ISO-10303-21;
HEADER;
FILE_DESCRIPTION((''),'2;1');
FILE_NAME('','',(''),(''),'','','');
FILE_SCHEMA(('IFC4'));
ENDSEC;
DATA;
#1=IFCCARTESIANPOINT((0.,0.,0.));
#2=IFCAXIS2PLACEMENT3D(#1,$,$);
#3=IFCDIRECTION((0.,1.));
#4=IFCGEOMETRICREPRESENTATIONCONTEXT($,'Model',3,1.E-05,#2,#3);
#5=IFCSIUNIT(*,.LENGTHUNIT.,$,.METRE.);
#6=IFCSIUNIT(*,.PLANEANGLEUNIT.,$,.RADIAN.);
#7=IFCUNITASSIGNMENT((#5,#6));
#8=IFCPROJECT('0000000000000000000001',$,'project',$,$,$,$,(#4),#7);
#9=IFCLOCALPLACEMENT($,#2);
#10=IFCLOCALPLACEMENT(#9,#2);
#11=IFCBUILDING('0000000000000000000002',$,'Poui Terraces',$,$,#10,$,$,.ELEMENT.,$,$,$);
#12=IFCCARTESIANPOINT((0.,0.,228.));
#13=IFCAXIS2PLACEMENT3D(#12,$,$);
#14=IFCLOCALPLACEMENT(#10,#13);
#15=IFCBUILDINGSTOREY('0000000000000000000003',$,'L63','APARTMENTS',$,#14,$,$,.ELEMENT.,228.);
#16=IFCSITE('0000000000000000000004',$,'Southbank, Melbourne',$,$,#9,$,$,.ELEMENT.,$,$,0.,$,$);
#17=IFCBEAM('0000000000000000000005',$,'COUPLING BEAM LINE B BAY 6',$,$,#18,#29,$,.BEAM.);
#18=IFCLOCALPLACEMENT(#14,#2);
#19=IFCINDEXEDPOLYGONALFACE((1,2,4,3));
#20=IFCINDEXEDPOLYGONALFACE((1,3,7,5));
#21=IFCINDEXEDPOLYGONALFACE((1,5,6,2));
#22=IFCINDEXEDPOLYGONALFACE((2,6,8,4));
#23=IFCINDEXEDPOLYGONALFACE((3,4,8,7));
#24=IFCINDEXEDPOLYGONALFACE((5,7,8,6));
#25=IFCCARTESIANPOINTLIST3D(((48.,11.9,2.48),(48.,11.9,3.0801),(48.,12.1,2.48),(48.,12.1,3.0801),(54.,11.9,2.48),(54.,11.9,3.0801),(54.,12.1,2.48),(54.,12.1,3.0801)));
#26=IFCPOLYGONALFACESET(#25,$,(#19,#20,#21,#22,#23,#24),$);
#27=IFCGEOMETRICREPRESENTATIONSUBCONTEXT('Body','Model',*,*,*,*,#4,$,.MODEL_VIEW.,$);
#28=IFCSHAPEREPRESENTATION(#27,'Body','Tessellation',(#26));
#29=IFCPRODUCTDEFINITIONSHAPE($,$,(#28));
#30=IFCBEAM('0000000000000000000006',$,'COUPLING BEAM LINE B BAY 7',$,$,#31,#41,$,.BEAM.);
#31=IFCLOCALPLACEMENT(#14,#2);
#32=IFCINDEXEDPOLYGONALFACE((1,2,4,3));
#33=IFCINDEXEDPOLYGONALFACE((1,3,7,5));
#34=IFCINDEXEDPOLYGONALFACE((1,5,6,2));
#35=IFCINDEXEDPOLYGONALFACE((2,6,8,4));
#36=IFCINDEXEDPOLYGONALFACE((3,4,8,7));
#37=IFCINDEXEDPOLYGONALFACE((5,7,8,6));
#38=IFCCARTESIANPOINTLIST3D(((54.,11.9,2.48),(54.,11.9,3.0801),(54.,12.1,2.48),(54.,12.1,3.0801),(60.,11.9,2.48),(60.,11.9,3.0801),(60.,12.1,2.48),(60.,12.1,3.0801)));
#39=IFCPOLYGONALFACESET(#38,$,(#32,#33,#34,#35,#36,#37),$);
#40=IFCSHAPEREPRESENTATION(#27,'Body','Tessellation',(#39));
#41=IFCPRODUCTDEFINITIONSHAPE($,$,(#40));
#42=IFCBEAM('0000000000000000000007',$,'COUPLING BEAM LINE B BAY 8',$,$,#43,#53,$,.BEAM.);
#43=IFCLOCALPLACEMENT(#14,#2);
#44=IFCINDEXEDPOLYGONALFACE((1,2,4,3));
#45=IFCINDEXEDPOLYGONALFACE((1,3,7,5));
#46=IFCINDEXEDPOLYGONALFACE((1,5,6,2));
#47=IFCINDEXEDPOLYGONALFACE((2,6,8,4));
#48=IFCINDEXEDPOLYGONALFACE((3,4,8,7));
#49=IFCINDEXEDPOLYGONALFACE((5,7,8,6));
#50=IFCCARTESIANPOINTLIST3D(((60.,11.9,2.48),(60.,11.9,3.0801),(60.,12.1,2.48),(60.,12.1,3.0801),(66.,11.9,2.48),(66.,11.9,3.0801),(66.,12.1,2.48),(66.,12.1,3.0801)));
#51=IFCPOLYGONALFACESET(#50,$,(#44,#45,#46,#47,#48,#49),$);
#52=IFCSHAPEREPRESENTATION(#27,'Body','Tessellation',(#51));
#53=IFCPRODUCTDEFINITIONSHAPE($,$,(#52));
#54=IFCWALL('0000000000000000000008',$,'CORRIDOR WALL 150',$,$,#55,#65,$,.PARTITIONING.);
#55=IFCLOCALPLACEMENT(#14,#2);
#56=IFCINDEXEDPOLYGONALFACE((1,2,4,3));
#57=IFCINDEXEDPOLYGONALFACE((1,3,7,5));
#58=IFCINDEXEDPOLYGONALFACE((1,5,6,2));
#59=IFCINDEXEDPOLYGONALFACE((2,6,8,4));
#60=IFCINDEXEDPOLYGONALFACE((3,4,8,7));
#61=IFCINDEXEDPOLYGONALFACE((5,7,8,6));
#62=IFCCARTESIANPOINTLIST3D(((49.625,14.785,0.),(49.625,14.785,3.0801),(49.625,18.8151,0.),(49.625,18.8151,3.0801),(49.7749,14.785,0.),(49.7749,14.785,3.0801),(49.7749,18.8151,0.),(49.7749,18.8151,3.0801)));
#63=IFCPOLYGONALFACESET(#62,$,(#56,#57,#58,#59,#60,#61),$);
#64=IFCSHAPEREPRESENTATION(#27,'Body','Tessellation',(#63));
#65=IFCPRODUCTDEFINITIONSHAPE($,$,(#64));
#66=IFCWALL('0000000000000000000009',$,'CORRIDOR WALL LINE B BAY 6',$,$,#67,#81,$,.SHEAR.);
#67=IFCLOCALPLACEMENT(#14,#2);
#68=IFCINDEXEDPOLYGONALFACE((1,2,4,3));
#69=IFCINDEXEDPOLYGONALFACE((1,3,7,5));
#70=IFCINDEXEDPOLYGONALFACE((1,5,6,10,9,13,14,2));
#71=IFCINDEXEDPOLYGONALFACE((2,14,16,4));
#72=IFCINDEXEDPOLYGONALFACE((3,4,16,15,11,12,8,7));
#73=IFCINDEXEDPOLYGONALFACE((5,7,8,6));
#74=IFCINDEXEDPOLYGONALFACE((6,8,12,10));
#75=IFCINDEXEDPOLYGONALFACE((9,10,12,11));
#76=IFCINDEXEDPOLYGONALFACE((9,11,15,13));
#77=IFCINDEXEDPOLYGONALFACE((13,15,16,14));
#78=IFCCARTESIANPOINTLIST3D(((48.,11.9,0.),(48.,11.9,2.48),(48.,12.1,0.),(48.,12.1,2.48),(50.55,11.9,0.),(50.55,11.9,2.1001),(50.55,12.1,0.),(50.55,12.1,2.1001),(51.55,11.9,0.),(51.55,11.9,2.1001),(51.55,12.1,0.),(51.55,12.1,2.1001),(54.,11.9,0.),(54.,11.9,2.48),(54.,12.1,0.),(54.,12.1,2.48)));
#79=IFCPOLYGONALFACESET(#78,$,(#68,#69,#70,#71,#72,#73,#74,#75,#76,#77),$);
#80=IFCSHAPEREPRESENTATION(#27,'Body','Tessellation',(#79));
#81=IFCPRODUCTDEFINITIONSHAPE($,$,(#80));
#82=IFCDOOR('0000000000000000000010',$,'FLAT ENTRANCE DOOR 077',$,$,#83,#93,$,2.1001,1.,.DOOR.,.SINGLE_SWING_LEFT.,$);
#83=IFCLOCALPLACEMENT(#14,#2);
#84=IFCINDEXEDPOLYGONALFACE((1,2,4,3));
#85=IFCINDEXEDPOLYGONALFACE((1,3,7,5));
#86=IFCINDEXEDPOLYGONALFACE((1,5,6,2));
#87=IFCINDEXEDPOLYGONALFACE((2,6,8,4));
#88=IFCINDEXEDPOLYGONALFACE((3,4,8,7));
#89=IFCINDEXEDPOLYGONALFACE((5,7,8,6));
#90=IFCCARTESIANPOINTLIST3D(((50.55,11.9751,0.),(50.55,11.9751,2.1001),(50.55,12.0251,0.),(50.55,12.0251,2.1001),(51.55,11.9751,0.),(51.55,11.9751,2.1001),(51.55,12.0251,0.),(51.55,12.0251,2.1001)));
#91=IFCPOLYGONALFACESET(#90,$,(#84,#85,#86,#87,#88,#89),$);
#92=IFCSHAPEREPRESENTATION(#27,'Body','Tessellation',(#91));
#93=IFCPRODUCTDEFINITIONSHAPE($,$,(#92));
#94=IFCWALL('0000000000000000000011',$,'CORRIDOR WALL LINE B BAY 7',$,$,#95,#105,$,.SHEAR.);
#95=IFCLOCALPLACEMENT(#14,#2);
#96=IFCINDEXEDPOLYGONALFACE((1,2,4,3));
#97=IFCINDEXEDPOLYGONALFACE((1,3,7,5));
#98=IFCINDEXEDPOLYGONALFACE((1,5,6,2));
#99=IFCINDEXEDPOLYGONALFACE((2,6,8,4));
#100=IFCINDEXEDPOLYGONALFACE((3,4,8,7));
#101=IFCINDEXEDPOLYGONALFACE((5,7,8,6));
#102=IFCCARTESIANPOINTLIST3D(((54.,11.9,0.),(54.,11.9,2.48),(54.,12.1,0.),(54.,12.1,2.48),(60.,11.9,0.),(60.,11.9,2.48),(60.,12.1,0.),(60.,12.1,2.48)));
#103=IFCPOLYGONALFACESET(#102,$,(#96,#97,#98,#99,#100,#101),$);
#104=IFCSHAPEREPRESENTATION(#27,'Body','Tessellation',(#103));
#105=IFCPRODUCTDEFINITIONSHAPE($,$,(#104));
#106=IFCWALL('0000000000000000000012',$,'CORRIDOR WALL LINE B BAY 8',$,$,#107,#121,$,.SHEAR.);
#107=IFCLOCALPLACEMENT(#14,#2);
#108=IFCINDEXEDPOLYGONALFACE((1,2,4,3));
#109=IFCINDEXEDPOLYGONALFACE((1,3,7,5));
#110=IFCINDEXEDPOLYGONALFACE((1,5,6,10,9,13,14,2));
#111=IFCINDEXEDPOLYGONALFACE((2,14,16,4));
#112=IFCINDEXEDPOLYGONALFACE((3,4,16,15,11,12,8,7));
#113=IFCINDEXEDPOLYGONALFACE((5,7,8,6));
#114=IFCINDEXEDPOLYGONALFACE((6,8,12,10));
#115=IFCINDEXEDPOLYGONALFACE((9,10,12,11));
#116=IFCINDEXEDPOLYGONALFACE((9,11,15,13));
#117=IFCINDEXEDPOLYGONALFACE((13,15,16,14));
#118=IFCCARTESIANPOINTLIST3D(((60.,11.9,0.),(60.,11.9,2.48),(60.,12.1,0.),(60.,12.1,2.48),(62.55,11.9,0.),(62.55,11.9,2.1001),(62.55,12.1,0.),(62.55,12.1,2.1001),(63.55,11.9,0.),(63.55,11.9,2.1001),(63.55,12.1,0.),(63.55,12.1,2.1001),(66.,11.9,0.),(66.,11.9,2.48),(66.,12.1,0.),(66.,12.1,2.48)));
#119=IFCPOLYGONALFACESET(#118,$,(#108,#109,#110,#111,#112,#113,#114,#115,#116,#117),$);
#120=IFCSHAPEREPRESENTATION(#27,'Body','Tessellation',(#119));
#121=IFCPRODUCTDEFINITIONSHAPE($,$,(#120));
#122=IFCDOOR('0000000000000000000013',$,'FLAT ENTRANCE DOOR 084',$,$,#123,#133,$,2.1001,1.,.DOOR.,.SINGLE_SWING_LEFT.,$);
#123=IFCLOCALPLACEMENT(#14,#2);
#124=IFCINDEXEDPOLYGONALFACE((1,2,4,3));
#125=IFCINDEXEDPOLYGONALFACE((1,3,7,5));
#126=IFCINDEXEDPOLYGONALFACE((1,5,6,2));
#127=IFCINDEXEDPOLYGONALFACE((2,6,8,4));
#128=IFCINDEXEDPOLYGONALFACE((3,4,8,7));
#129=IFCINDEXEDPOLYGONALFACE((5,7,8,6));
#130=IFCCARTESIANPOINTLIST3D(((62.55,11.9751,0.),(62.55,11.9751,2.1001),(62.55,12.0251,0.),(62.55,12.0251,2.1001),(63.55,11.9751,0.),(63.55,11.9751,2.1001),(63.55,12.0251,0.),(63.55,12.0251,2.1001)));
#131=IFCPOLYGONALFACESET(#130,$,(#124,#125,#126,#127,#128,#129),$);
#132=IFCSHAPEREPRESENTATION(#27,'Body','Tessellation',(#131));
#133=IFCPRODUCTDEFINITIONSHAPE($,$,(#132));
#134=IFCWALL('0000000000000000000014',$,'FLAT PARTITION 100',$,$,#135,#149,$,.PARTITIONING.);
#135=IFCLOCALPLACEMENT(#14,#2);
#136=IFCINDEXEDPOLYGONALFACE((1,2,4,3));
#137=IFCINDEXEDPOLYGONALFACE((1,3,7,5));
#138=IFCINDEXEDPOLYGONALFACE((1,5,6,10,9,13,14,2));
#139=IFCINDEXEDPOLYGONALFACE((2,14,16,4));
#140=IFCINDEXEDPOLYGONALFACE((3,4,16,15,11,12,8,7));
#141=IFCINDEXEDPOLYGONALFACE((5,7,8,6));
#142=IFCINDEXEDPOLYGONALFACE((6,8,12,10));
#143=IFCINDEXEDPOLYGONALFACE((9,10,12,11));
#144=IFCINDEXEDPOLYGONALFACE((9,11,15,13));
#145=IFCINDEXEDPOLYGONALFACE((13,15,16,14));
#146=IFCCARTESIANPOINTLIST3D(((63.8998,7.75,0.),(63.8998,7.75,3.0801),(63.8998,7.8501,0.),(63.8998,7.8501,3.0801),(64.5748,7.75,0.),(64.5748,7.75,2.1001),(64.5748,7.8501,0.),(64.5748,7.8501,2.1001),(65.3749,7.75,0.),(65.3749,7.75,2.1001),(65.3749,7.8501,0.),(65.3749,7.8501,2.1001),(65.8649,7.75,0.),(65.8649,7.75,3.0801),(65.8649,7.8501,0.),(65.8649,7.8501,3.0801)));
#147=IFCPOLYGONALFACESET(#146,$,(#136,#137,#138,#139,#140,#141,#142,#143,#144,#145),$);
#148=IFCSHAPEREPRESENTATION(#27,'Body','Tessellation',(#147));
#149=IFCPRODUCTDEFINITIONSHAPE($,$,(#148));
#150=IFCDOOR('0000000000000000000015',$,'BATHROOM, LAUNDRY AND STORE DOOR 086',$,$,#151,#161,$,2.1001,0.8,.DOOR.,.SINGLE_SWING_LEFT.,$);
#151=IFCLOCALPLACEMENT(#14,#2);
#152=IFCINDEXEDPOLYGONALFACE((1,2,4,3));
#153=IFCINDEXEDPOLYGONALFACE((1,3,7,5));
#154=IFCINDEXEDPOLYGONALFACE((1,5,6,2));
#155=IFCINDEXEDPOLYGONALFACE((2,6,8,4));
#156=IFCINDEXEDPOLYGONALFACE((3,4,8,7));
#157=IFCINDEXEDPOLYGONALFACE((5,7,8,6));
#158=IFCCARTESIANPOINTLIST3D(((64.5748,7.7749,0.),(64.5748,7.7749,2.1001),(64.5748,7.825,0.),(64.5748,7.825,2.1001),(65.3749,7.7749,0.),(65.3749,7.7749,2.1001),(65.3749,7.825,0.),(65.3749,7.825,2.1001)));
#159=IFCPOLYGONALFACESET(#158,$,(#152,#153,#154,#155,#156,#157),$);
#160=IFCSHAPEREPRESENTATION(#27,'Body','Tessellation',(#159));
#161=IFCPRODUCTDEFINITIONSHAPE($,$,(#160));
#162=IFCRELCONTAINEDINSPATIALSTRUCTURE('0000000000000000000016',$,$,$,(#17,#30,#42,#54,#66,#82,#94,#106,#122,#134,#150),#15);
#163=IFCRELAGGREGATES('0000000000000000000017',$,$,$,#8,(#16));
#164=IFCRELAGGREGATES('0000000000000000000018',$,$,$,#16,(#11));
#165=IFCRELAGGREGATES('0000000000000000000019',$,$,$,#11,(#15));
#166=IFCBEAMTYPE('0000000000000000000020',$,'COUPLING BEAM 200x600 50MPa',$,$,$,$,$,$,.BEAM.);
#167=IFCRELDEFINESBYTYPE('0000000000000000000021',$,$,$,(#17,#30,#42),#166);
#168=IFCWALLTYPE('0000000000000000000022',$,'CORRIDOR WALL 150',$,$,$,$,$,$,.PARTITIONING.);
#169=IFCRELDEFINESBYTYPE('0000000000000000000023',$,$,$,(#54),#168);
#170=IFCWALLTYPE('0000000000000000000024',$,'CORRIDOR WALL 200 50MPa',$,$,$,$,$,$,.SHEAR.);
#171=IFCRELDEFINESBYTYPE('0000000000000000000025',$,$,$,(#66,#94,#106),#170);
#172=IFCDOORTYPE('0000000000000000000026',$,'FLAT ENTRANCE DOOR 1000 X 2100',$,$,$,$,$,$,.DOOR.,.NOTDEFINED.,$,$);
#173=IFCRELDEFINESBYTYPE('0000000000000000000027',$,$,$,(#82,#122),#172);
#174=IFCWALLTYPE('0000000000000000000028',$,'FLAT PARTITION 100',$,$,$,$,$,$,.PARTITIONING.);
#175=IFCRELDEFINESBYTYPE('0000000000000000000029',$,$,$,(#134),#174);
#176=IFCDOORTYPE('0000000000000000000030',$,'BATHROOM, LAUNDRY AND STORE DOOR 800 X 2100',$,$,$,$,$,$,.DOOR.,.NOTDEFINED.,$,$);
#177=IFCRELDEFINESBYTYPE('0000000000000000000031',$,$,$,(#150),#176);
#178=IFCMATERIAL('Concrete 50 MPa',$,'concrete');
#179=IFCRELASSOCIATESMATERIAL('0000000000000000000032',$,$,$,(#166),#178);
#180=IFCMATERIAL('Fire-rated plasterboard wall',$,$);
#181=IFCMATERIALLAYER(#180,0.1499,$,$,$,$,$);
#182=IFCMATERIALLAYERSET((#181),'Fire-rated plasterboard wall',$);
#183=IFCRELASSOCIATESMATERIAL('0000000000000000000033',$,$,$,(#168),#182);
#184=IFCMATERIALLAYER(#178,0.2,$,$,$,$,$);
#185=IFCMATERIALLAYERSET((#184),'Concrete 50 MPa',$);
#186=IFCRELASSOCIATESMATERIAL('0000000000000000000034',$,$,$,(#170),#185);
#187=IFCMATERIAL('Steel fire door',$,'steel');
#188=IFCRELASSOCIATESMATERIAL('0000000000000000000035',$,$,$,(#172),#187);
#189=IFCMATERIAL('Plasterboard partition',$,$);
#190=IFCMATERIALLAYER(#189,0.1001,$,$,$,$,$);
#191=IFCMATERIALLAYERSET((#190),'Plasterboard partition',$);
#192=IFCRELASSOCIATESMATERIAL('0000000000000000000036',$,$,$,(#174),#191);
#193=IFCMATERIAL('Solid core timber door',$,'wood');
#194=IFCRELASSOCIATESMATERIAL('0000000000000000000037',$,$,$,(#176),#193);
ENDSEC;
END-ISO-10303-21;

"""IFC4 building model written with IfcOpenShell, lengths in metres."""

from ifc_helpers import new_model, si_unit, direction, frame, frame_2d, origin, origin_2d, place, context, subcontext, project, spatial, rectangle, extrude, source, transform, mapped, material, layer, layer_set, material_profile, profile_set, type_object, element, fill, save


model = new_model("IFC4")

# Units and contexts
model_context = context("Model", 3, precision=1e-05, world=origin(), true_north=direction((0.0, 1.0)))
body_context = subcontext(model_context, "Body", "Model", "MODEL_VIEW")
ifc_project = project(units=[si_unit("LENGTHUNIT", "METRE"), si_unit("PLANEANGLEUNIT", "RADIAN")], contexts=[model_context])

# Site, building, storey
site_placement = place(None, origin())
site = spatial("IfcSite", under=ifc_project, at=site_placement, Name="Southbank, Melbourne", CompositionType="ELEMENT", RefElevation=0.0)
building_placement = place(site_placement, origin())
building = spatial("IfcBuilding", under=site, at=building_placement, Name="Poui Terraces", CompositionType="ELEMENT")
storey_placement = place(building_placement, frame((0.0, 0.0, 228.0)))
storey = spatial("IfcBuildingStorey", under=building, at=storey_placement, Name="L63", Description="APARTMENTS", CompositionType="ELEMENT", Elevation=228.0)

# Beams
ifc_material_1 = material(Name="Concrete 50 MPa", Category="concrete")
ifc_material_profile = material_profile(ifc_material_1, rectangle(XDim=0.2, YDim=0.6001, at=origin_2d()), Name="RC 200x600")
ifc_profile_set = profile_set([ifc_material_profile], Name="Concrete 50 MPa")
beam_type = type_object("IfcBeamType", Name="COUPLING BEAM 200x600 50MPa", PredefinedType="BEAM", material=ifc_profile_set)
shared_shape = source(origin(), body_context, "Body", "SweptSolid", [
    extrude(rectangle(XDim=0.2, YDim=0.6001, at=origin_2d()), origin(), (0.0, 0.0, 1.0), 6.0),
])
for number, where, z_axis, x_axis, name in (
    (1, (48.0, 12.0, 2.78), (1.0, 0.0, 0.0), (0.0, 1.0, 0.0), "COUPLING BEAM LINE B BAY 6"),
    (2, (54.0, 12.0, 2.78), (1.0, 0.0, 0.0), (0.0, 1.0, 0.0), "COUPLING BEAM LINE B BAY 7"),
    (3, (60.0, 12.0, 2.78), (1.0, 0.0, 0.0), (0.0, 1.0, 0.0), "COUPLING BEAM LINE B BAY 8"),
):
    element("IfcBeam", number, at=place(storey_placement, frame(where, z_axis=z_axis, x_axis=x_axis)), inside=storey, type_object=beam_type, Name=name, PredefinedType="BEAM", context=body_context, shape_type="MappedRepresentation", body=[
        mapped(shared_shape, transform((0.0, 0.0, 0.0))),
    ])

# Wall
ifc_material_2 = material(Name="Fire-rated plasterboard wall")
ifc_layer_1 = layer(ifc_material_2, 0.1499)
ifc_layer_set_1 = layer_set([ifc_layer_1], Name="Fire-rated plasterboard wall")
wall_type_1 = type_object("IfcWallType", Name="CORRIDOR WALL 150", PredefinedType="PARTITIONING", material=ifc_layer_set_1)
wall_1_placement = place(storey_placement, frame((49.7, 14.7849, 0.0), z_axis=(0.0, 0.0, 1.0), x_axis=(0.0, 1.0, 0.0)))
element("IfcWall", 4, at=wall_1_placement, inside=storey, type_object=wall_type_1, Name="CORRIDOR WALL 150", PredefinedType="PARTITIONING", context=body_context, shape_type="SweptSolid", body=[
    extrude(rectangle(XDim=4.03, YDim=0.1499, at=frame_2d((2.0151, 0.0))), origin(), (0.0, 0.0, 1.0), 3.0801),
])

# Wall, opening, door
ifc_layer_2 = layer(ifc_material_1, 0.2)
ifc_layer_set_2 = layer_set([ifc_layer_2], Name="Concrete 50 MPa")
wall_type_2 = type_object("IfcWallType", Name="CORRIDOR WALL 200 50MPa", PredefinedType="SHEAR", material=ifc_layer_set_2)
wall_2_placement = place(storey_placement, frame((48.0, 12.0, 0.0), z_axis=(0.0, 0.0, 1.0), x_axis=(1.0, 0.0, 0.0)))
wall_2 = element("IfcWall", 5, at=wall_2_placement, inside=storey, type_object=wall_type_2, Name="CORRIDOR WALL LINE B BAY 6", PredefinedType="SHEAR", context=body_context, shape_type="SweptSolid", body=[
    extrude(rectangle(XDim=6.0, YDim=0.2, at=frame_2d((3.0, 0.0))), origin(), (0.0, 0.0, 1.0), 2.48),
])
opening_1_placement = place(wall_2_placement, frame((2.55, 0.0, 0.0)))
opening_1 = element("IfcOpeningElement", 6, at=opening_1_placement, cuts=wall_2, PredefinedType="OPENING", context=body_context, shape_type="SweptSolid", body=[
    extrude(rectangle(XDim=1.0, YDim=2.1001, at=frame_2d((0.5, 1.05))), frame((0.0, 0.1099, 0.0), z_axis=(0.0, -1.0, 0.0), x_axis=(1.0, 0.0, 0.0)), (0.0, 0.0, 1.0), 0.22),
])
ifc_material_3 = material(Name="Steel fire door", Category="steel")
door_type_1 = type_object("IfcDoorType", Name="FLAT ENTRANCE DOOR 1000 X 2100", OperationType="NOTDEFINED", PredefinedType="DOOR", material=ifc_material_3)
door_1_placement = place(opening_1_placement, frame((1.0, 0.0, 0.0), z_axis=(0.0, 0.0, 1.0), x_axis=(-1.0, 0.0, 0.0)))
door_1 = element("IfcDoor", 7, at=door_1_placement, inside=storey, type_object=door_type_1, Name="FLAT ENTRANCE DOOR 077", OperationType="SINGLE_SWING_LEFT", OverallHeight=2.1001, OverallWidth=1.0, PredefinedType="DOOR", context=body_context, shape_type="SweptSolid", body=[
    extrude(rectangle(XDim=1.0, YDim=2.1001, at=frame_2d((0.5, 1.05))), frame((0.0, 0.0249, 0.0), z_axis=(0.0, -1.0, 0.0), x_axis=(1.0, 0.0, 0.0)), (0.0, 0.0, 1.0), 0.05),
])
fill(opening_1, door_1)

# Wall
wall_3_placement = place(storey_placement, frame((54.0, 12.0, 0.0), z_axis=(0.0, 0.0, 1.0), x_axis=(1.0, 0.0, 0.0)))
element("IfcWall", 8, at=wall_3_placement, inside=storey, type_object=wall_type_2, Name="CORRIDOR WALL LINE B BAY 7", PredefinedType="SHEAR", context=body_context, shape_type="SweptSolid", body=[
    extrude(rectangle(XDim=6.0, YDim=0.2, at=frame_2d((3.0, 0.0))), origin(), (0.0, 0.0, 1.0), 2.48),
])

# Walls, openings, doors
wall_4_placement = place(storey_placement, frame((60.0, 12.0, 0.0), z_axis=(0.0, 0.0, 1.0), x_axis=(1.0, 0.0, 0.0)))
wall_4 = element("IfcWall", 9, at=wall_4_placement, inside=storey, type_object=wall_type_2, Name="CORRIDOR WALL LINE B BAY 8", PredefinedType="SHEAR", context=body_context, shape_type="SweptSolid", body=[
    extrude(rectangle(XDim=6.0, YDim=0.2, at=frame_2d((3.0, 0.0))), origin(), (0.0, 0.0, 1.0), 2.48),
])
opening_2_placement = place(wall_4_placement, frame((2.55, 0.0, 0.0)))
opening_2 = element("IfcOpeningElement", 10, at=opening_2_placement, cuts=wall_4, PredefinedType="OPENING", context=body_context, shape_type="SweptSolid", body=[
    extrude(rectangle(XDim=1.0, YDim=2.1001, at=frame_2d((0.5, 1.05))), frame((0.0, 0.1099, 0.0), z_axis=(0.0, -1.0, 0.0), x_axis=(1.0, 0.0, 0.0)), (0.0, 0.0, 1.0), 0.22),
])
door_2_placement = place(opening_2_placement, frame((1.0, 0.0, 0.0), z_axis=(0.0, 0.0, 1.0), x_axis=(-1.0, 0.0, 0.0)))
door_2 = element("IfcDoor", 11, at=door_2_placement, inside=storey, type_object=door_type_1, Name="FLAT ENTRANCE DOOR 084", OperationType="SINGLE_SWING_LEFT", OverallHeight=2.1001, OverallWidth=1.0, PredefinedType="DOOR", context=body_context, shape_type="SweptSolid", body=[
    extrude(rectangle(XDim=1.0, YDim=2.1001, at=frame_2d((0.5, 1.05))), frame((0.0, 0.0249, 0.0), z_axis=(0.0, -1.0, 0.0), x_axis=(1.0, 0.0, 0.0)), (0.0, 0.0, 1.0), 0.05),
])
fill(opening_2, door_2)
ifc_material_4 = material(Name="Plasterboard partition")
ifc_layer_3 = layer(ifc_material_4, 0.1001)
ifc_layer_set_3 = layer_set([ifc_layer_3], Name="Plasterboard partition")
wall_type_3 = type_object("IfcWallType", Name="FLAT PARTITION 100", PredefinedType="PARTITIONING", material=ifc_layer_set_3)
wall_5_placement = place(storey_placement, frame((63.8999, 7.8, 0.0), z_axis=(0.0, 0.0, 1.0), x_axis=(1.0, 0.0, 0.0)))
wall_5 = element("IfcWall", 12, at=wall_5_placement, inside=storey, type_object=wall_type_3, Name="FLAT PARTITION 100", PredefinedType="PARTITIONING", context=body_context, shape_type="SweptSolid", body=[
    extrude(rectangle(XDim=1.9651, YDim=0.1001, at=frame_2d((0.9824, 0.0))), origin(), (0.0, 0.0, 1.0), 3.0801),
])
opening_3_placement = place(wall_5_placement, frame((0.675, 0.0, 0.0)))
opening_3 = element("IfcOpeningElement", 13, at=opening_3_placement, cuts=wall_5, PredefinedType="OPENING", context=body_context, shape_type="SweptSolid", body=[
    extrude(rectangle(XDim=0.8, YDim=2.1001, at=frame_2d((0.3999, 1.05))), frame((0.0, 0.0601, 0.0), z_axis=(0.0, -1.0, 0.0), x_axis=(1.0, 0.0, 0.0)), (0.0, 0.0, 1.0), 0.1201),
])
ifc_material_5 = material(Name="Solid core timber door", Category="wood")
door_type_2 = type_object("IfcDoorType", Name="BATHROOM, LAUNDRY AND STORE DOOR 800 X 2100", OperationType="NOTDEFINED", PredefinedType="DOOR", material=ifc_material_5)
door_3_placement = place(opening_3_placement, origin())
door_3 = element("IfcDoor", 14, at=door_3_placement, inside=storey, type_object=door_type_2, Name="BATHROOM, LAUNDRY AND STORE DOOR 086", OperationType="SINGLE_SWING_LEFT", OverallHeight=2.1001, OverallWidth=0.8, PredefinedType="DOOR", context=body_context, shape_type="SweptSolid", body=[
    extrude(rectangle(XDim=0.8, YDim=2.1001, at=frame_2d((0.3999, 1.05))), frame((0.0, 0.0249, 0.0), z_axis=(0.0, -1.0, 0.0), x_axis=(1.0, 0.0, 0.0)), (0.0, 0.0, 1.0), 0.05),
])
fill(opening_3, door_3)

save(model, "model.ifc")
